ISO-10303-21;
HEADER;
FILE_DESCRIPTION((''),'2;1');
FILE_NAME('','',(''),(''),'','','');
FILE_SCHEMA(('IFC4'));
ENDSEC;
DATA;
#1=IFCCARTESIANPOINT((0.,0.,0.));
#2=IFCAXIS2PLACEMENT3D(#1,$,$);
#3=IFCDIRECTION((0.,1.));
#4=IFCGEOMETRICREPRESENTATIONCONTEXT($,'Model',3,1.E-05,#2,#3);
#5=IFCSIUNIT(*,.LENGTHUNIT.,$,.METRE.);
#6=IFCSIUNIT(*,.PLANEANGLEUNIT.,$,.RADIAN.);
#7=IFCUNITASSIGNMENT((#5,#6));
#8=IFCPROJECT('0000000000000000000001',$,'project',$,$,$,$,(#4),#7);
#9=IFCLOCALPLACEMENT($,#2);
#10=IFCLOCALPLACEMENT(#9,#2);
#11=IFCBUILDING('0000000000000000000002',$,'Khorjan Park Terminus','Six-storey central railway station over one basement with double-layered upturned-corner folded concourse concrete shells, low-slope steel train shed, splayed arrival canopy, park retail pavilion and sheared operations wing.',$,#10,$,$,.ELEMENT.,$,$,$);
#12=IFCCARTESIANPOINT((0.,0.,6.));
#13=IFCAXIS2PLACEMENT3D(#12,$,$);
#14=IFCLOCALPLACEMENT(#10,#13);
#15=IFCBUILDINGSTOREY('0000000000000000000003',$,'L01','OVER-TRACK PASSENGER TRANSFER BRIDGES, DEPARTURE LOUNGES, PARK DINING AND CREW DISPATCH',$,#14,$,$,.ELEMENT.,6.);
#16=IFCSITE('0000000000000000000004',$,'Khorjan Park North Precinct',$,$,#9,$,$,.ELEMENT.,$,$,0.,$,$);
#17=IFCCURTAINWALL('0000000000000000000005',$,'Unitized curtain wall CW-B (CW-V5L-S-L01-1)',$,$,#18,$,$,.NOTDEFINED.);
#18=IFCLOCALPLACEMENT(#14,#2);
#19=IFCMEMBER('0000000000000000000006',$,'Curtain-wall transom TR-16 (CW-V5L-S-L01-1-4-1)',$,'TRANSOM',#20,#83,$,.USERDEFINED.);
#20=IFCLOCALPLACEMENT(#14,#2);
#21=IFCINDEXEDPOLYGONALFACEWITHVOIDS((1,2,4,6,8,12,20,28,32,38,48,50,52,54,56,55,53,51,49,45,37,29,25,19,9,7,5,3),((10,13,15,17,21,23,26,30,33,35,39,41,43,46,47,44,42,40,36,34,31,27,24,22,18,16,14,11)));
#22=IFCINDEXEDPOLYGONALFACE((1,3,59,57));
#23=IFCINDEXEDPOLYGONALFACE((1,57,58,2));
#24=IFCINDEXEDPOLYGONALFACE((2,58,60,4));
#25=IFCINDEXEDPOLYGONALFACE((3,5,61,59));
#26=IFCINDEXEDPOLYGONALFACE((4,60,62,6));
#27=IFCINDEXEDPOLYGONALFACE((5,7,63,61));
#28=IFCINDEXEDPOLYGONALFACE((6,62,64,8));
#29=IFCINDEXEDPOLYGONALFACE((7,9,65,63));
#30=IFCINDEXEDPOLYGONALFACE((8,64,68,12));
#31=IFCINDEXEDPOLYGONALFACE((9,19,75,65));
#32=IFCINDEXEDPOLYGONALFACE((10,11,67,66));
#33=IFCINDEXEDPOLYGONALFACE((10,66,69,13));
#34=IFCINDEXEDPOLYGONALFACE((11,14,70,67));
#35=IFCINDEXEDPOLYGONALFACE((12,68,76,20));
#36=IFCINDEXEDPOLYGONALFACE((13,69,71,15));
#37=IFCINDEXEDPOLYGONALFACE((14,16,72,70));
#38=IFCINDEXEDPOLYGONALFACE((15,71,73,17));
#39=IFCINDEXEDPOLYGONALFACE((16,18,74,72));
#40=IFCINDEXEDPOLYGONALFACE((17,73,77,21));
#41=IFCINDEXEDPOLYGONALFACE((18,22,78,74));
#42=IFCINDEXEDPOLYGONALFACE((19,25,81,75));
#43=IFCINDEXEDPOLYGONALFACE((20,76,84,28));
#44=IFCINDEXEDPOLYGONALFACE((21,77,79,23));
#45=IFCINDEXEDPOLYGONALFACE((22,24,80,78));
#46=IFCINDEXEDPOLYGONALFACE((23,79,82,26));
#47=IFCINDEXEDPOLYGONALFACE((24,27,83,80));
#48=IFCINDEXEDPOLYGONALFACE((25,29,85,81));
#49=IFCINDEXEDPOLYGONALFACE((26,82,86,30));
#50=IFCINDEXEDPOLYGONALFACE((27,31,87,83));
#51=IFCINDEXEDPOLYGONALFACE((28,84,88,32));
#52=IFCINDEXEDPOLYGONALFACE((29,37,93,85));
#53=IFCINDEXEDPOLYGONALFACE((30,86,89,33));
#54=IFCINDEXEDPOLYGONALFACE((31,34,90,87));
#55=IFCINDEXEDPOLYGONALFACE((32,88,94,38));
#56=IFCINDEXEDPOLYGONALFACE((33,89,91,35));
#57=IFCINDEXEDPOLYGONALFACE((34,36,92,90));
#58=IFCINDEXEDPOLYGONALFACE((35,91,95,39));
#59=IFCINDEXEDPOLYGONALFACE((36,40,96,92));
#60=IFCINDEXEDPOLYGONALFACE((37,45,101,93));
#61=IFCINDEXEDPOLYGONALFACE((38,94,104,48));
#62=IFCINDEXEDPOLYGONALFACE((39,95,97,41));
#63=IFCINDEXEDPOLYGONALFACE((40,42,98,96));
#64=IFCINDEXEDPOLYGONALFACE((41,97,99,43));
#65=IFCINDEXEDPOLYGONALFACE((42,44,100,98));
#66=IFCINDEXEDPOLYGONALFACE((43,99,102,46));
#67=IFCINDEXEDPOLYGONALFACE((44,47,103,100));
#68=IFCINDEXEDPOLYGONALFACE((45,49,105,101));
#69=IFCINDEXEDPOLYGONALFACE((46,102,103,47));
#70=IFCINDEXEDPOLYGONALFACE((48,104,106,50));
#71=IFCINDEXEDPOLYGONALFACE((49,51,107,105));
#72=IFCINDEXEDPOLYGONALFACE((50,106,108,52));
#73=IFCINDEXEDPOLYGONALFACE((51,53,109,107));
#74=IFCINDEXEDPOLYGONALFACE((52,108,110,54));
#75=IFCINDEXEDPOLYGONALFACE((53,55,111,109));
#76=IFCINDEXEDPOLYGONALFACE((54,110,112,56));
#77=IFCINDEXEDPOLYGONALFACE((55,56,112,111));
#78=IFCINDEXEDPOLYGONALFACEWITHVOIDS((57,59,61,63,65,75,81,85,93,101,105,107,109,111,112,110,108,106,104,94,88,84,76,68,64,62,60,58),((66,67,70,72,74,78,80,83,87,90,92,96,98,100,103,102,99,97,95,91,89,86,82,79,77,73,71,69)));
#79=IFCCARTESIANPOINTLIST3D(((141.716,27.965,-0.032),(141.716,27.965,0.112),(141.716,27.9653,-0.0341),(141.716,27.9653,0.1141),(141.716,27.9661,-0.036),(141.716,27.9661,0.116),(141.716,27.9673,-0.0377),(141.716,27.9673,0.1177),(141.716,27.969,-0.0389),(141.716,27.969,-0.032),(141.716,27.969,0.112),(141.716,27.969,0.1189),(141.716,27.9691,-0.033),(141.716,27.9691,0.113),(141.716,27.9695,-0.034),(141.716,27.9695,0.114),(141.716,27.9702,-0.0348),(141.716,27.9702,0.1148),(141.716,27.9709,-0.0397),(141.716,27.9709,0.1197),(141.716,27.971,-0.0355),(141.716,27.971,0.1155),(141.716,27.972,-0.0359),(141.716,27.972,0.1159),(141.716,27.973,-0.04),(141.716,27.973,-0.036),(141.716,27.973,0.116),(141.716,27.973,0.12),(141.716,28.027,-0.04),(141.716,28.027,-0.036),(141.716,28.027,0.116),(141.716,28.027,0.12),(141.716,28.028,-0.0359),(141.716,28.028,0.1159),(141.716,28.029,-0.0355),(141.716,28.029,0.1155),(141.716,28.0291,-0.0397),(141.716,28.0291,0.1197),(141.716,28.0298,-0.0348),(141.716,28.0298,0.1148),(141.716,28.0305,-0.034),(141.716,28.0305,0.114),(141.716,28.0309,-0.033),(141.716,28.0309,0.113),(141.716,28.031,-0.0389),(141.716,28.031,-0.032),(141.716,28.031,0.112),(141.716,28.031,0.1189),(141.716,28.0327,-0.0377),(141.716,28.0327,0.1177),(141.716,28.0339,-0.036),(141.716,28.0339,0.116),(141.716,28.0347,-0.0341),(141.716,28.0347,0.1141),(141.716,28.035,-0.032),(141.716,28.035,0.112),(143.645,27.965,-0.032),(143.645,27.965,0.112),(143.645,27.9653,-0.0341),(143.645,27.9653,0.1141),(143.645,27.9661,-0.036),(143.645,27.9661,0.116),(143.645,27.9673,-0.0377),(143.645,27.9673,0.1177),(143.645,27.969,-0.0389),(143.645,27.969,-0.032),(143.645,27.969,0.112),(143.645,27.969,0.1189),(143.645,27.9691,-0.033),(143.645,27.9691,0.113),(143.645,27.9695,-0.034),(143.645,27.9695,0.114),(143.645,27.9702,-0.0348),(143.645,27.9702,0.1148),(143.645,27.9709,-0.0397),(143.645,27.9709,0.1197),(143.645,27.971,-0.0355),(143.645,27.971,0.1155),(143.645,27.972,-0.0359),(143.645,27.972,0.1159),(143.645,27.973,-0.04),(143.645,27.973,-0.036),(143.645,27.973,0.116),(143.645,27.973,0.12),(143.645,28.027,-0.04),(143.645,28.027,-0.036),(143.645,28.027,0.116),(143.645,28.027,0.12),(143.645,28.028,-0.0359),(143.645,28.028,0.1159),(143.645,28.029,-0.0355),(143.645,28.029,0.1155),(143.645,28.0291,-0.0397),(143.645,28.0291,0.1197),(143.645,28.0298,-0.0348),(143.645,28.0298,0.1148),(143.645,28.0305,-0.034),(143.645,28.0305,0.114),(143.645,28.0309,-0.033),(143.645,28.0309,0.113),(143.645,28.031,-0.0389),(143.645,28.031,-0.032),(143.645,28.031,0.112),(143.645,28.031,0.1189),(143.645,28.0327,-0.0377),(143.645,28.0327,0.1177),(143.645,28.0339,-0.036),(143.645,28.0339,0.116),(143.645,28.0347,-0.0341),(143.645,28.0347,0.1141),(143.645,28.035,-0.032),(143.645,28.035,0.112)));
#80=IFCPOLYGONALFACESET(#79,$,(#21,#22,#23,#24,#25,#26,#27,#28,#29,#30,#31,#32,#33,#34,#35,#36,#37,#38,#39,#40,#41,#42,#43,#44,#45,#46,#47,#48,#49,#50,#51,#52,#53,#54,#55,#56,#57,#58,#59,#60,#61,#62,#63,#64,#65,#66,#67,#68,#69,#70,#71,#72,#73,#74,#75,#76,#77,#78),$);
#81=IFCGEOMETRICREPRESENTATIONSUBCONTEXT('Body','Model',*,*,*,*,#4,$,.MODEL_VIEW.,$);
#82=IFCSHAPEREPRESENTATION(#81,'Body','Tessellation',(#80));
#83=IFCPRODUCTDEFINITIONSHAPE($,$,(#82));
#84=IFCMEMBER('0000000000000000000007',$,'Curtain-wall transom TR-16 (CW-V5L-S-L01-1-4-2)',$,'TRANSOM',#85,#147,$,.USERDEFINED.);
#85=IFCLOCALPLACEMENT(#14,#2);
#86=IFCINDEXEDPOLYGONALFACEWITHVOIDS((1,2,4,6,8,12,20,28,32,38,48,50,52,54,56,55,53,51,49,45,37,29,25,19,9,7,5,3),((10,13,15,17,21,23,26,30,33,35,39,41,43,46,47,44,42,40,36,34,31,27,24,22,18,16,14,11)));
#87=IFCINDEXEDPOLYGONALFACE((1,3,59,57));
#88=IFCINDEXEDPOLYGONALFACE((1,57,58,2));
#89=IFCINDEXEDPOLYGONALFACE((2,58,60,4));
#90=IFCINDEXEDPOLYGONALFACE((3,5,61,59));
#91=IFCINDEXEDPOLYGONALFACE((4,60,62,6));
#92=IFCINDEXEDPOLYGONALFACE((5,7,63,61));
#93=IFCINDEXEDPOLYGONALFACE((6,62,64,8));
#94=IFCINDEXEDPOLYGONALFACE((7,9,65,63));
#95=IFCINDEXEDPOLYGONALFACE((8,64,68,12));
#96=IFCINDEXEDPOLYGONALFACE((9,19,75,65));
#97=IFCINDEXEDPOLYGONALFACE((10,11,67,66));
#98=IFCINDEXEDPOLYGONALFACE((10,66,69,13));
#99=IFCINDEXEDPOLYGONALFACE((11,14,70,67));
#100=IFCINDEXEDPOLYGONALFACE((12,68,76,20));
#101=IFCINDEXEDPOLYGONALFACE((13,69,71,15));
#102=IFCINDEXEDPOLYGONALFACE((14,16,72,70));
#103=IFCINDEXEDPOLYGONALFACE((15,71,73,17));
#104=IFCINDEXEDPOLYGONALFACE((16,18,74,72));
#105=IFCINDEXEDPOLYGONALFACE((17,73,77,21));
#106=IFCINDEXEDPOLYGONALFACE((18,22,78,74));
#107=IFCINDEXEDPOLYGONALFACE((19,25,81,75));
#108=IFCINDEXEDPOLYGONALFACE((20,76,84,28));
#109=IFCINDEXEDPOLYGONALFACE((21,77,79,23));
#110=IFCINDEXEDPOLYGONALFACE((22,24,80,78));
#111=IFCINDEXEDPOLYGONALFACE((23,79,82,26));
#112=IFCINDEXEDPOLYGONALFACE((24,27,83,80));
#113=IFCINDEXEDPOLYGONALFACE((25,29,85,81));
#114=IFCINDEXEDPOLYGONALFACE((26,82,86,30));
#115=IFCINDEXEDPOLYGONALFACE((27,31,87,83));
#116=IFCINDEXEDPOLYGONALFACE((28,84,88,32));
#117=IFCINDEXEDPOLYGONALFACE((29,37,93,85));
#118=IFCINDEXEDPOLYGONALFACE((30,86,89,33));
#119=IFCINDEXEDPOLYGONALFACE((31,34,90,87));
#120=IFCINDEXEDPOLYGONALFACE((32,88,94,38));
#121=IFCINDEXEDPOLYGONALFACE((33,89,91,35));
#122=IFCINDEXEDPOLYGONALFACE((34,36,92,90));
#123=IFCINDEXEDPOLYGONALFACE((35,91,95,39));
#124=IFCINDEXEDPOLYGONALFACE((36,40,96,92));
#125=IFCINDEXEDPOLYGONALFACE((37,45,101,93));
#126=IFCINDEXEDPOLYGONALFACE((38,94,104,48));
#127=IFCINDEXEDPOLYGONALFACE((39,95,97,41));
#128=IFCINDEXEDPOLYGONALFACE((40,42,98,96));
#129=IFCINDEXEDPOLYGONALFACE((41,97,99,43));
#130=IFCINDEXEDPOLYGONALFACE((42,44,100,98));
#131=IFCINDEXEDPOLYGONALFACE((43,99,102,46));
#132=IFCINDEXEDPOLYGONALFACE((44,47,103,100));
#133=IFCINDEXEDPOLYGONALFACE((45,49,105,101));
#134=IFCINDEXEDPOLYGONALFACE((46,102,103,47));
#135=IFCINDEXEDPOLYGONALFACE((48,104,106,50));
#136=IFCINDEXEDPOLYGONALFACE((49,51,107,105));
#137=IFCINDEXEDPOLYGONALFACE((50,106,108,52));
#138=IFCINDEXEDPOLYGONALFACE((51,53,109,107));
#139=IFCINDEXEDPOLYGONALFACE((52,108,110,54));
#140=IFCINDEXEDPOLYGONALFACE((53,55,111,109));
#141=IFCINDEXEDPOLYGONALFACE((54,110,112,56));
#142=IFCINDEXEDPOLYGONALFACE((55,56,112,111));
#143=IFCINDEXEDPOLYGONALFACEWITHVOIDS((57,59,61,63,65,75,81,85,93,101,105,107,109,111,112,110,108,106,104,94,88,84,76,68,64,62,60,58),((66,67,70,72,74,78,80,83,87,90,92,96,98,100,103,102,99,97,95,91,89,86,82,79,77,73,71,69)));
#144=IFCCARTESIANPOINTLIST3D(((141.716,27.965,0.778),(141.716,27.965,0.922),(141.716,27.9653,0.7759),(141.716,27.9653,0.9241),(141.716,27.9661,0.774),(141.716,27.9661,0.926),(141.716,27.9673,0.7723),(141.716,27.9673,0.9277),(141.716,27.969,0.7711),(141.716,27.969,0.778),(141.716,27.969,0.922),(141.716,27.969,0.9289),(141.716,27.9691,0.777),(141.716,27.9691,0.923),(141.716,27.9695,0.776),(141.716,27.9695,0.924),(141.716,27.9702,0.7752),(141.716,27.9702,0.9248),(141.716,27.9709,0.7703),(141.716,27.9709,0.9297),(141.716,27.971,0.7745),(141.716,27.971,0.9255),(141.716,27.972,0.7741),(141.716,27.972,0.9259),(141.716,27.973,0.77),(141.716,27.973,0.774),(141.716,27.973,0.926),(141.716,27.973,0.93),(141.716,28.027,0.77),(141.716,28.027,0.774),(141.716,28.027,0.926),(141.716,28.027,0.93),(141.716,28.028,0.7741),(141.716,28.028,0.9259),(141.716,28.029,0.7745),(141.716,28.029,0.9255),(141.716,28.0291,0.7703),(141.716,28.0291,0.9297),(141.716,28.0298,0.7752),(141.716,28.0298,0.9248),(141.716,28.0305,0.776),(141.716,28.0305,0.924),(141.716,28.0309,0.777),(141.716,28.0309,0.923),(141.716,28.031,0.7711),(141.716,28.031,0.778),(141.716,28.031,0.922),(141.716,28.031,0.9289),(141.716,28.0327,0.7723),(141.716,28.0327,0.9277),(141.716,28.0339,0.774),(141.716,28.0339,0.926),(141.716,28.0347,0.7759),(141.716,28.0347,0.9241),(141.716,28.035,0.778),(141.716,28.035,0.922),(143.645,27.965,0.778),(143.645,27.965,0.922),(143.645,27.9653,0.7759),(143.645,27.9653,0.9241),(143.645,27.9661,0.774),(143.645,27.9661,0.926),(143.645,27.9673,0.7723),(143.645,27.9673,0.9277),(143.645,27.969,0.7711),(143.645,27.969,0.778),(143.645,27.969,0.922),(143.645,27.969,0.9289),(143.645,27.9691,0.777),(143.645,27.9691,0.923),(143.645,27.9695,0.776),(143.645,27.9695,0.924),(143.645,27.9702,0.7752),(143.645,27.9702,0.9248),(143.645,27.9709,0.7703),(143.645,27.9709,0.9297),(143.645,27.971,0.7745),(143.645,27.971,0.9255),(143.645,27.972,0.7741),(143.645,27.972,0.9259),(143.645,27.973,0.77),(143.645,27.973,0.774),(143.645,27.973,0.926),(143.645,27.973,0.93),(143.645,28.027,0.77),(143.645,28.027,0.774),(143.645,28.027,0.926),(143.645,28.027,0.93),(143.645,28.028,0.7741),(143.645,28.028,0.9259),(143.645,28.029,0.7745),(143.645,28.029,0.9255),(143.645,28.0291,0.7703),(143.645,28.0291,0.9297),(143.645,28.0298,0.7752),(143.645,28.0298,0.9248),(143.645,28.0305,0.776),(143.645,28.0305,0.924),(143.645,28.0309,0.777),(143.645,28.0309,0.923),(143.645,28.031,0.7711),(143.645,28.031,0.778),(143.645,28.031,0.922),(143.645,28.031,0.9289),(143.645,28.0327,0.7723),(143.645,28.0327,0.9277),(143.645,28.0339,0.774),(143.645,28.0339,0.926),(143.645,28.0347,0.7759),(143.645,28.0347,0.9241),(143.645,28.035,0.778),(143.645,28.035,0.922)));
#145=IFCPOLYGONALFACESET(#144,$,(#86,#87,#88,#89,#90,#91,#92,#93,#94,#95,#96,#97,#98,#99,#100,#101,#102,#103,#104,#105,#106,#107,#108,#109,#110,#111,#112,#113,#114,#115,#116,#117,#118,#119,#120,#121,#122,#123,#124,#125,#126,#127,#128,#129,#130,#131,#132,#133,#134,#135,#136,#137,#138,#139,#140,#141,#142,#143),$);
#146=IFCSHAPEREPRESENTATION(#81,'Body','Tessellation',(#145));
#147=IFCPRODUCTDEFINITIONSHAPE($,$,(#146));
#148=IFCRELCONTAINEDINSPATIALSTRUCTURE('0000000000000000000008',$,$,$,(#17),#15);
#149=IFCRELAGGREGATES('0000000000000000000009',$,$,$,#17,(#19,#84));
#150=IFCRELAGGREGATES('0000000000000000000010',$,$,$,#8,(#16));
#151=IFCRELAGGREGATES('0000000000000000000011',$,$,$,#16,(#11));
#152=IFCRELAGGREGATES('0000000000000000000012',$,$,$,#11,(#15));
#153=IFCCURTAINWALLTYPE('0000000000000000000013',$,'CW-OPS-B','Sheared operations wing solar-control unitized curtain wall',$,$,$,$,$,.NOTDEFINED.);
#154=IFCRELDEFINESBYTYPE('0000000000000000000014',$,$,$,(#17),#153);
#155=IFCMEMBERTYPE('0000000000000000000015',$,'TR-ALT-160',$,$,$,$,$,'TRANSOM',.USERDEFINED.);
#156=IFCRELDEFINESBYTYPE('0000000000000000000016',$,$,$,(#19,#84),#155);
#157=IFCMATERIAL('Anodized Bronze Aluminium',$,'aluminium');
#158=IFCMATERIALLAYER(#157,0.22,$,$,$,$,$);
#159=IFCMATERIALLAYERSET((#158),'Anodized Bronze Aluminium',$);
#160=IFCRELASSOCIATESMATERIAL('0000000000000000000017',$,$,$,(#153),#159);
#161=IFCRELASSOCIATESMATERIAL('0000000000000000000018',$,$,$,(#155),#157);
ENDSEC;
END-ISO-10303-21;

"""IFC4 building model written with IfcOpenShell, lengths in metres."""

from ifc_helpers import new_model, si_unit, direction, frame, origin, origin_2d, place, context, subcontext, project, spatial, hollow_rectangle, extrude, material, layer, layer_set, material_profile, profile_set, type_object, element, aggregate, save


model = new_model("IFC4")

# Units and contexts
model_context = context("Model", 3, precision=1e-05, world=origin(), true_north=direction((0.0, 1.0)))
body_context = subcontext(model_context, "Body", "Model", "MODEL_VIEW")
ifc_project = project(units=[si_unit("LENGTHUNIT", "METRE"), si_unit("PLANEANGLEUNIT", "RADIAN")], contexts=[model_context])

# Site, building, storey
site_placement = place(None, origin())
site = spatial("IfcSite", under=ifc_project, at=site_placement, Name="Khorjan Park North Precinct", CompositionType="ELEMENT", RefElevation=0.0)
building_placement = place(site_placement, origin())
building = spatial("IfcBuilding", under=site, at=building_placement, Name="Khorjan Park Terminus", Description="Six-storey central railway station over one basement with double-layered upturned-corner folded concourse concrete shells, low-slope steel train shed, splayed arrival canopy, park retail pavilion and sheared operations wing.", CompositionType="ELEMENT")
storey_placement = place(building_placement, frame((0.0, 0.0, 6.0)))
storey = spatial("IfcBuildingStorey", under=building, at=storey_placement, Name="L01", Description="OVER-TRACK PASSENGER TRANSFER BRIDGES, DEPARTURE LOUNGES, PARK DINING AND CREW DISPATCH", CompositionType="ELEMENT", Elevation=6.0)

# Curtain wall
ifc_material_1 = material(Name="Anodized Bronze Aluminium", Category="aluminium")
ifc_layer_1 = layer(ifc_material_1, 0.22)
ifc_layer_set_1 = layer_set([ifc_layer_1], Name="Anodized Bronze Aluminium")
curtain_wall_type = type_object("IfcCurtainWallType", Name="CW-OPS-B", Description="Sheared operations wing solar-control unitized curtain wall", PredefinedType="NOTDEFINED", material=ifc_layer_set_1)
curtain_wall_1_placement = place(storey_placement, origin())
curtain_wall_1 = element("IfcCurtainWall", 1, at=curtain_wall_1_placement, inside=storey, type_object=curtain_wall_type, Name="Unitized curtain wall CW-B (CW-V5L-S-L01-1)", PredefinedType="NOTDEFINED")

# Members
ifc_material_profile_1 = material_profile(ifc_material_1, hollow_rectangle(XDim=0.07, YDim=0.16, WallThickness=0.004, InnerFilletRadius=0.004, OuterFilletRadius=0.008, at=origin_2d()), Name="ALT 70x160x4")
ifc_profile_set_1 = profile_set([ifc_material_profile_1], Name="Anodized Bronze Aluminium")
member_type_1 = type_object("IfcMemberType", Name="TR-ALT-160", ElementType="TRANSOM", PredefinedType="USERDEFINED", material=ifc_profile_set_1)
member_1_placement = place(storey_placement, frame((141.716, 28.0, 0.04), z_axis=(1.0, 0.0, 0.0), x_axis=(0.0, 1.0, 0.0)))
member_1 = element("IfcMember", 2, at=member_1_placement, type_object=member_type_1, Name="Curtain-wall transom TR-16 (CW-V5L-S-L01-1-4-1)", ObjectType="TRANSOM", PredefinedType="USERDEFINED", context=body_context, shape_type="SweptSolid", body=[
    extrude(hollow_rectangle(XDim=0.07, YDim=0.16, WallThickness=0.004, InnerFilletRadius=0.004, OuterFilletRadius=0.008, at=origin_2d()), origin(), (0.0, 0.0, 1.0), 1.929),
])
member_2_placement = place(storey_placement, frame((141.716, 28.0, 0.85), z_axis=(1.0, 0.0, 0.0), x_axis=(0.0, 1.0, 0.0)))
member_2 = element("IfcMember", 3, at=member_2_placement, type_object=member_type_1, Name="Curtain-wall transom TR-16 (CW-V5L-S-L01-1-4-2)", ObjectType="TRANSOM", PredefinedType="USERDEFINED", context=body_context, shape_type="SweptSolid", body=[
    extrude(hollow_rectangle(XDim=0.07, YDim=0.16, WallThickness=0.004, InnerFilletRadius=0.004, OuterFilletRadius=0.008, at=origin_2d()), origin(), (0.0, 0.0, 1.0), 1.929),
])

aggregate(curtain_wall_1, [member_1, member_2])

save(model, "model.ifc")
